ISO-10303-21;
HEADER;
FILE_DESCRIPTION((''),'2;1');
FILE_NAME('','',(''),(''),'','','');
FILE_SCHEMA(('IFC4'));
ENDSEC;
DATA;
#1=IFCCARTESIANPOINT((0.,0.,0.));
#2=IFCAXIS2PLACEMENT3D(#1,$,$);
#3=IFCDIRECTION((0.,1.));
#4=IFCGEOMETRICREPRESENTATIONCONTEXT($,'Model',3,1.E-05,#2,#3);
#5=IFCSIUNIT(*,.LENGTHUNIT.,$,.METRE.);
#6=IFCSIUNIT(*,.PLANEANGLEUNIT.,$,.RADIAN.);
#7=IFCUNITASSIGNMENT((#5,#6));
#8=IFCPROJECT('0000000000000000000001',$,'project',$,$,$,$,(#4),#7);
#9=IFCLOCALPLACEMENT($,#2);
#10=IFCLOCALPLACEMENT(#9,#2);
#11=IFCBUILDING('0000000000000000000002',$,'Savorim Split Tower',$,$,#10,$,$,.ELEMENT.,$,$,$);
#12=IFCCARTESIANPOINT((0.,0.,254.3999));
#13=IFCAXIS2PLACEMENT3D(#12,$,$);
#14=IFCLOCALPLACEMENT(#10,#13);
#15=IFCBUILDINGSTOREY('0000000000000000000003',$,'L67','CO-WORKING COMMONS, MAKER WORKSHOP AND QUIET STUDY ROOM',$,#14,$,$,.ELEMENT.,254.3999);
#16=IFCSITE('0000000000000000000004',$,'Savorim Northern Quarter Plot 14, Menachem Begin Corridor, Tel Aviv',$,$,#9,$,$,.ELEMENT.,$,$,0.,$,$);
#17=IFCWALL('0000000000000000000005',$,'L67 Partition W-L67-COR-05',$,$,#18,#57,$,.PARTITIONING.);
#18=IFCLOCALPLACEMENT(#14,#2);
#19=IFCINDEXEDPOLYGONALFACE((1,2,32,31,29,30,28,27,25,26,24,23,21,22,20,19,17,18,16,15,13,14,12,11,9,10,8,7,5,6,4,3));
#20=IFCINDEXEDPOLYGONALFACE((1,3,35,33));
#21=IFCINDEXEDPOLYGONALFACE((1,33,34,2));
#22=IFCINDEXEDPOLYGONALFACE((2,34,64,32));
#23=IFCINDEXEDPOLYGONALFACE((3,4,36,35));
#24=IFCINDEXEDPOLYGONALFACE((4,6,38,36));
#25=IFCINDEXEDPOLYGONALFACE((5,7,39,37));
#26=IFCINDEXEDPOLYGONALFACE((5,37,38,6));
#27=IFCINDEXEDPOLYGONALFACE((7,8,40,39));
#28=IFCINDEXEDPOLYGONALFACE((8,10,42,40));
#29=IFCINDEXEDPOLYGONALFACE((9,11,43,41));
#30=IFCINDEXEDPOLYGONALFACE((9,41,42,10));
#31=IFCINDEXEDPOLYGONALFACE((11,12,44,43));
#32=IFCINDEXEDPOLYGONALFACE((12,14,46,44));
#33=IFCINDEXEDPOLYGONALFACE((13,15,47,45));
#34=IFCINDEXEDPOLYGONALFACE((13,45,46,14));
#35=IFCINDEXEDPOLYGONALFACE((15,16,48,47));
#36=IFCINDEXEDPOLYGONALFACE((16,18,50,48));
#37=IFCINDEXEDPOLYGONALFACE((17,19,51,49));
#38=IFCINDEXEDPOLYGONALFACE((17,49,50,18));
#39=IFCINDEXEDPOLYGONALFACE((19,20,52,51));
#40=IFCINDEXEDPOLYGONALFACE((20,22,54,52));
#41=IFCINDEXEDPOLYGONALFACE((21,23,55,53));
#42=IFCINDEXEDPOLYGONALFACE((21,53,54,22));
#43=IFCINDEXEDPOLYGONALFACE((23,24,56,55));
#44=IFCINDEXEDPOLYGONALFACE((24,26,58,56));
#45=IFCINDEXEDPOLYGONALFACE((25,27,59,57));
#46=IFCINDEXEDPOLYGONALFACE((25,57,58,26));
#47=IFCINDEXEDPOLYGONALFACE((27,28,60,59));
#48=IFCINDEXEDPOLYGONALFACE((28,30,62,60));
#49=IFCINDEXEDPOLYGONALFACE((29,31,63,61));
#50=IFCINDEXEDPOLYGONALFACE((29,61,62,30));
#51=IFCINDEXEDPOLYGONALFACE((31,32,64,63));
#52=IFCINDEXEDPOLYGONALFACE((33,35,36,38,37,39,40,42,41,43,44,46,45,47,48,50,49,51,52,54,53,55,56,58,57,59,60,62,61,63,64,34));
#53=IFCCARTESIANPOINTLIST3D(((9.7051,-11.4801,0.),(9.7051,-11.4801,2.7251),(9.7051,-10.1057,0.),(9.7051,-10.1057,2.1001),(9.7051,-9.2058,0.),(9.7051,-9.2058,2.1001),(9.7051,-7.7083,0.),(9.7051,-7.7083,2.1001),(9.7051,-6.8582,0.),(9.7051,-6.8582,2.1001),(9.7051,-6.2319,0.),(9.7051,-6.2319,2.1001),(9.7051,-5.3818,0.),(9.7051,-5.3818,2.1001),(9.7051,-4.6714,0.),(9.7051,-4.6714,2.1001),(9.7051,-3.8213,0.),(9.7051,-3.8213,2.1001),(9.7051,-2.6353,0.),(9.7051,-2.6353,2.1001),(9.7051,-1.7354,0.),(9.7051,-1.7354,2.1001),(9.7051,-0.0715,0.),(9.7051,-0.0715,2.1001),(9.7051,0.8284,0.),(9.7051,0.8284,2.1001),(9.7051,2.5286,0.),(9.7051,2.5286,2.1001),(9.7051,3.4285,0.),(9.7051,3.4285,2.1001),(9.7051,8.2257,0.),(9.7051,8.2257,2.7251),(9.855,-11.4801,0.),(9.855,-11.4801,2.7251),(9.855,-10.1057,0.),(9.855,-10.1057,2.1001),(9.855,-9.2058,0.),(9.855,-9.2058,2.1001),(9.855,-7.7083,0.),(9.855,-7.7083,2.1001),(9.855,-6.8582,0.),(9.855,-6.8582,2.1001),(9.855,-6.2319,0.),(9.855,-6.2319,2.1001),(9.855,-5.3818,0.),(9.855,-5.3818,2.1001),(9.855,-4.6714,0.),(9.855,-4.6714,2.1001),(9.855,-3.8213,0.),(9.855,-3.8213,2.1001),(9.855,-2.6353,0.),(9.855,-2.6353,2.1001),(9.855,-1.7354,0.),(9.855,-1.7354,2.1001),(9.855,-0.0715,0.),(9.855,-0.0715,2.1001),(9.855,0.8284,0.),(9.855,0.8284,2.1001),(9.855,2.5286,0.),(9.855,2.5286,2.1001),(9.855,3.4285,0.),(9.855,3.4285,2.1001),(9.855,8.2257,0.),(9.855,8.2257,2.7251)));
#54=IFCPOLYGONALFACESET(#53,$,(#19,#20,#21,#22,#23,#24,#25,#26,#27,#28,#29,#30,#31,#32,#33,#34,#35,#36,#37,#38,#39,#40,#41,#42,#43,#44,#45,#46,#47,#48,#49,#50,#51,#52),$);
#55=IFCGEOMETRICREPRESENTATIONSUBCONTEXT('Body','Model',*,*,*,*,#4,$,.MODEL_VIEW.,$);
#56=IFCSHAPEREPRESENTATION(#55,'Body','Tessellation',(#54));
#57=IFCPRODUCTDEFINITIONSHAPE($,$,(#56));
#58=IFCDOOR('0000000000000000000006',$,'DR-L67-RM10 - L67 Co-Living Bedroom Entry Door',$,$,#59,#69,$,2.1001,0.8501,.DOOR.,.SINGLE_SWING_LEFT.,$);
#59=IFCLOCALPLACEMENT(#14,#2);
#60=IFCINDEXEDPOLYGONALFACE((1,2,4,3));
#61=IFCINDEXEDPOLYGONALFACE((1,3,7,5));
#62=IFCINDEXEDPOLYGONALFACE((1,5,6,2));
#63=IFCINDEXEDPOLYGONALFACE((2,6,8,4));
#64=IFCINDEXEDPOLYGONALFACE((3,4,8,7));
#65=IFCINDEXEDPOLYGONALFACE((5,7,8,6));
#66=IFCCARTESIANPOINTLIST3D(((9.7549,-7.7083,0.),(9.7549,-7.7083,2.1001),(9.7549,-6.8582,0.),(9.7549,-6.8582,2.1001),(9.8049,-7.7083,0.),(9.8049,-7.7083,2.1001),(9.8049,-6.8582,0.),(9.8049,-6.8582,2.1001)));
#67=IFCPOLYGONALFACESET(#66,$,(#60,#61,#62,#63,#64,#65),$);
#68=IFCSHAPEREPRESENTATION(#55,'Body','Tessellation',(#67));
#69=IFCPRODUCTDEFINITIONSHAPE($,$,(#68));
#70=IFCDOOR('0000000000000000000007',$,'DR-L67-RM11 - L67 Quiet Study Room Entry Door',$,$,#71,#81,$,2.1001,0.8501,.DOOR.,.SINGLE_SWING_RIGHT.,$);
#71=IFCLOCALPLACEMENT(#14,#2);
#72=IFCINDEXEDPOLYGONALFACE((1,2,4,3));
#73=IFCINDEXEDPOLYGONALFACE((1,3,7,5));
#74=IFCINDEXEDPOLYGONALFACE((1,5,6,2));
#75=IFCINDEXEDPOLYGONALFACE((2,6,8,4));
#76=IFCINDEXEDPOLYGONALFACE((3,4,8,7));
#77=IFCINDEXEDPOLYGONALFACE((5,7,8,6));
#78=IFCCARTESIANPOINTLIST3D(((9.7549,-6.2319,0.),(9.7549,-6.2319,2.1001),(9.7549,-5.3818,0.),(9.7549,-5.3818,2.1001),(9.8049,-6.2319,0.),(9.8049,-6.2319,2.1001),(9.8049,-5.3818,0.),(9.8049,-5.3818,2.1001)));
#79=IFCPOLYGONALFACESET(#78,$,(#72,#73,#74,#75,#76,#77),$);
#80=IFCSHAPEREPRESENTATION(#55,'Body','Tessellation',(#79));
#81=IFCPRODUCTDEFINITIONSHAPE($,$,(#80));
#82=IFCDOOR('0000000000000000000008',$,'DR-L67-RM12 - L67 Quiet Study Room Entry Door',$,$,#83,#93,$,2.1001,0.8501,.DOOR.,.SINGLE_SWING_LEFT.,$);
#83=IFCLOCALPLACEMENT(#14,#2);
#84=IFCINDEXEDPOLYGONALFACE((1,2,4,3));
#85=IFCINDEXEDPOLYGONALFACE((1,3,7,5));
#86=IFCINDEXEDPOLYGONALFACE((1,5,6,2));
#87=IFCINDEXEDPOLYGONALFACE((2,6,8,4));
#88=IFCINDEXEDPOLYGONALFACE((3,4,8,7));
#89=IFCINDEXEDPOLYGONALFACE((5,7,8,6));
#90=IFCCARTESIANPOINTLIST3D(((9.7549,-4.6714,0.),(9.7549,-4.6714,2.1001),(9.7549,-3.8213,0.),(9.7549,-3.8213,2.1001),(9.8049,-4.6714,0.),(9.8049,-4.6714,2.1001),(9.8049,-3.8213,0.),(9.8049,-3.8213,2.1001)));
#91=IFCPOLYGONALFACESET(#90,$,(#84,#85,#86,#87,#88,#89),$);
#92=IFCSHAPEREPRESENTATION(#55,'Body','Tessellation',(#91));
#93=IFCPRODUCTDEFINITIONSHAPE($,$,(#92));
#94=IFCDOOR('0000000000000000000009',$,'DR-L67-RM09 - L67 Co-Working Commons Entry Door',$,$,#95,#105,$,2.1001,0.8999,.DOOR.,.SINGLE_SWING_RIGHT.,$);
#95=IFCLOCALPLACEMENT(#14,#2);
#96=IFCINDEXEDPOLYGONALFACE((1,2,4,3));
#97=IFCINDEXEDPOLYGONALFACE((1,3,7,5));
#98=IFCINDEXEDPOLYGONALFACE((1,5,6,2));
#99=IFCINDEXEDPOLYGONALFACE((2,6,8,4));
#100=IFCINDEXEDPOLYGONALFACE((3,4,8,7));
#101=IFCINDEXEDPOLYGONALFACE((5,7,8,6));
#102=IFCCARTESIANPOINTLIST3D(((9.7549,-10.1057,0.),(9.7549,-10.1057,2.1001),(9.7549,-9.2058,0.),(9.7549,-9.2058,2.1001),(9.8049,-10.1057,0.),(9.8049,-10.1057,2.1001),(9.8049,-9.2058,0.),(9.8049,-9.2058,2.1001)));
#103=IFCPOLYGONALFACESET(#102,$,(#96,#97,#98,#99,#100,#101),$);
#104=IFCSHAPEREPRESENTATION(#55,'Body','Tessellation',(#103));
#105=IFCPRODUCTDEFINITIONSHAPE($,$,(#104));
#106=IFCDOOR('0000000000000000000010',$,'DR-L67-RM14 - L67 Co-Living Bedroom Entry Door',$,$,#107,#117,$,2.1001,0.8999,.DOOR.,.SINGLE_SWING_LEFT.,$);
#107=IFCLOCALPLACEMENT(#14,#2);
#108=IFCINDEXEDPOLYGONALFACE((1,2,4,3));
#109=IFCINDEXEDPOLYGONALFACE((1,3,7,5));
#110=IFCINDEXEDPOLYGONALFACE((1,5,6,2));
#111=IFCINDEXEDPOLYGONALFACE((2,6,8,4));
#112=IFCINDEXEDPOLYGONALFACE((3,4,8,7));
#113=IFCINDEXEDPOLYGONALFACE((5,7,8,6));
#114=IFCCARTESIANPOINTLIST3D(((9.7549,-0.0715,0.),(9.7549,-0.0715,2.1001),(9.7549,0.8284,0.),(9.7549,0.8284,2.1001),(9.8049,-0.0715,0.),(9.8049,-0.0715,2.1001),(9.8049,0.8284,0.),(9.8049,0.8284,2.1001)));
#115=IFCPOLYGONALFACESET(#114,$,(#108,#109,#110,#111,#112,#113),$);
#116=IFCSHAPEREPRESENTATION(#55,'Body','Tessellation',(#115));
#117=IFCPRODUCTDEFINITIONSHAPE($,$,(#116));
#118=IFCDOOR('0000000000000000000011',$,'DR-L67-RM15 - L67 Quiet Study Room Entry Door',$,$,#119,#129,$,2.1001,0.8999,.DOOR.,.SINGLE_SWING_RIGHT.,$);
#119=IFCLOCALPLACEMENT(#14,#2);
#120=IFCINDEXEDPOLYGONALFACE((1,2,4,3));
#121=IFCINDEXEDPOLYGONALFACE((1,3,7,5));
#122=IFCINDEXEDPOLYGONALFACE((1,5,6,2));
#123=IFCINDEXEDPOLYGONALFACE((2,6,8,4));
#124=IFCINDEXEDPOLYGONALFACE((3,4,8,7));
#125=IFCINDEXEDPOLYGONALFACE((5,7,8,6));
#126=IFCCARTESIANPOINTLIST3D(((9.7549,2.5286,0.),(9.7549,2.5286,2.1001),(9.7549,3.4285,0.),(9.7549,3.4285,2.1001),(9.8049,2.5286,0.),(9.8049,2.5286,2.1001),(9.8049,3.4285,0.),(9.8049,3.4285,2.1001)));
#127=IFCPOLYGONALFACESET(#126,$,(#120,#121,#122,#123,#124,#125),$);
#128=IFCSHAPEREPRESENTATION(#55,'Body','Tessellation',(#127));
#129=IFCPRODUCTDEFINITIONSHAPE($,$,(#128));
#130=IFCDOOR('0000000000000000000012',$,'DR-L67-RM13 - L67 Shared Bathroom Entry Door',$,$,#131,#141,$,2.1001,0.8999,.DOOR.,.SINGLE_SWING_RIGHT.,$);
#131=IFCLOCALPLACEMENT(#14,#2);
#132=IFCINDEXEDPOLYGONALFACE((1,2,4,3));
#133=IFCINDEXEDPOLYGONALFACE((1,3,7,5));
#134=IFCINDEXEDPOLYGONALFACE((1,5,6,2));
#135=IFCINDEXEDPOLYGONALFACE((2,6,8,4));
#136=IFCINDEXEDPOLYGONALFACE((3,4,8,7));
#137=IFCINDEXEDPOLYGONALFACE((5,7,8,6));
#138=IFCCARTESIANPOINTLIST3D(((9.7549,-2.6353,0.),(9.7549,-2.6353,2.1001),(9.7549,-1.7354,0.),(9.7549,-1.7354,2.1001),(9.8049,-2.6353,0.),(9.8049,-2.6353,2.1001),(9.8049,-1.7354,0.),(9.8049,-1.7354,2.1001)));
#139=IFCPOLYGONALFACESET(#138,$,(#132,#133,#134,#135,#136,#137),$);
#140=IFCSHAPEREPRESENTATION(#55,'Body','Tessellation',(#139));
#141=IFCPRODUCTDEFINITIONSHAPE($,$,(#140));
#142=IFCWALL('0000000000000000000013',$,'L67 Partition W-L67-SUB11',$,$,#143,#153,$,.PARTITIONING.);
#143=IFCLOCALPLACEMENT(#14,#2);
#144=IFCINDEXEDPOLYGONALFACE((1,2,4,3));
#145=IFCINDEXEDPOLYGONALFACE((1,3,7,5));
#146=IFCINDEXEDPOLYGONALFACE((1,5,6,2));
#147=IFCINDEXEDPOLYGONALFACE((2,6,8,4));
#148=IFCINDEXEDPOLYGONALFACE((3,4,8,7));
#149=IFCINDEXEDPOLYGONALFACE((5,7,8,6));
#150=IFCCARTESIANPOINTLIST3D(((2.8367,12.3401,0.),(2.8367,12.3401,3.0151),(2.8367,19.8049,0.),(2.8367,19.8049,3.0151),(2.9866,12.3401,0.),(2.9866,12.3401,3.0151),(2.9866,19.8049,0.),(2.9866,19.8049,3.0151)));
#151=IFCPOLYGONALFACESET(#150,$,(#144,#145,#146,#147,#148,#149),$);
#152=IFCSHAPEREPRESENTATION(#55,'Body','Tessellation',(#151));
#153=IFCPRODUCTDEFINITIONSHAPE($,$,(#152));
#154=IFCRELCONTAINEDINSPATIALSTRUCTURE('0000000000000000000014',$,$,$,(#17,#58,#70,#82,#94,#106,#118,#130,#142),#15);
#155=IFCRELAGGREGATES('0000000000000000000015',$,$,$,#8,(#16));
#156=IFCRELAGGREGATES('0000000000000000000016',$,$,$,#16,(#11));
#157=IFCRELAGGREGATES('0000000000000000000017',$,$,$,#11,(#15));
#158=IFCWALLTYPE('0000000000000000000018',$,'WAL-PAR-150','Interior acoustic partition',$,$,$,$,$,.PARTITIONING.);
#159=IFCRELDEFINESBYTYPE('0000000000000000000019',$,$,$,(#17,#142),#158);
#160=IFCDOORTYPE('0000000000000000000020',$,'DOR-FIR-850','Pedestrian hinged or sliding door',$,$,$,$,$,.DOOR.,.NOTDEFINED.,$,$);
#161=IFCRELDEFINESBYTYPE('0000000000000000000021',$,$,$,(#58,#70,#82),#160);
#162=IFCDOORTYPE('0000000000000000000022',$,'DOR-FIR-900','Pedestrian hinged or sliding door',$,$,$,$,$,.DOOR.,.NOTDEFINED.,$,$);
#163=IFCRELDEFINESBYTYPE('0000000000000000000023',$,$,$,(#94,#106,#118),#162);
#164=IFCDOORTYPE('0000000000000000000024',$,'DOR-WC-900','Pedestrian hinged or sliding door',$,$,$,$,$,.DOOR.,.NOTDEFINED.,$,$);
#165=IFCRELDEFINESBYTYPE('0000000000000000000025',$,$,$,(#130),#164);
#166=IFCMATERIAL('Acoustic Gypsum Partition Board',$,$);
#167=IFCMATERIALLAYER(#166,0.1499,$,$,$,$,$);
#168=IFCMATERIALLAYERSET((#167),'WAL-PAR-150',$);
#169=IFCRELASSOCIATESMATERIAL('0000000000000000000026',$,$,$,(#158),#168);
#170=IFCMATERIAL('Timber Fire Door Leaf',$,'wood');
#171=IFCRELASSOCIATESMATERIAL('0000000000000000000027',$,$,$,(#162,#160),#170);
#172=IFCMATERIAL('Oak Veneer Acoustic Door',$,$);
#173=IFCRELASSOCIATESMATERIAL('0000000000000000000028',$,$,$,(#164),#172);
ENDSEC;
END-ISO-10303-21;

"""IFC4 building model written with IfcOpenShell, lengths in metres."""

from ifc_helpers import new_model, si_unit, direction, frame, frame_2d, origin, place, context, subcontext, project, spatial, rectangle, extrude, material, layer, layer_set, type_object, element, fill, save


model = new_model("IFC4")

# Units and contexts
model_context = context("Model", 3, precision=1e-05, world=origin(), true_north=direction((0.0, 1.0)))
body_context = subcontext(model_context, "Body", "Model", "MODEL_VIEW")
ifc_project = project(units=[si_unit("LENGTHUNIT", "METRE"), si_unit("PLANEANGLEUNIT", "RADIAN")], contexts=[model_context])

# Site, building, storey
site_placement = place(None, origin())
site = spatial("IfcSite", under=ifc_project, at=site_placement, Name="Savorim Northern Quarter Plot 14, Menachem Begin Corridor, Tel Aviv", CompositionType="ELEMENT", RefElevation=0.0)
building_placement = place(site_placement, origin())
building = spatial("IfcBuilding", under=site, at=building_placement, Name="Savorim Split Tower", CompositionType="ELEMENT")
storey_placement = place(building_placement, frame((0.0, 0.0, 254.3999)))
storey = spatial("IfcBuildingStorey", under=building, at=storey_placement, Name="L67", Description="CO-WORKING COMMONS, MAKER WORKSHOP AND QUIET STUDY ROOM", CompositionType="ELEMENT", Elevation=254.3999)

# Shared definitions
ifc_material_1 = material(Name="Timber Fire Door Leaf", Category="wood")

# Shared definitions
ifc_material_2 = material(Name="Acoustic Gypsum Partition Board")
ifc_layer_1 = layer(ifc_material_2, 0.1499)
ifc_layer_set_1 = layer_set([ifc_layer_1], Name="WAL-PAR-150")
wall_type_1 = type_object("IfcWallType", Name="WAL-PAR-150", Description="Interior acoustic partition", PredefinedType="PARTITIONING", material=ifc_layer_set_1)
door_type_1 = type_object("IfcDoorType", Name="DOR-FIR-900", Description="Pedestrian hinged or sliding door", OperationType="NOTDEFINED", PredefinedType="DOOR", material=ifc_material_1)

# Wall, openings, doors
wall_1_placement = place(storey_placement, frame((9.78, 8.2258, 0.0), z_axis=(0.0, 0.0, 1.0), x_axis=(0.0, -1.0, 0.0)))
wall_1 = element("IfcWall", 1, at=wall_1_placement, inside=storey, type_object=wall_type_1, Name="L67 Partition W-L67-COR-05", PredefinedType="PARTITIONING", context=body_context, shape_type="SweptSolid", body=[
    extrude(rectangle(XDim=19.7058, YDim=0.1499, at=frame_2d((9.853, 0.0))), origin(), (0.0, 0.0, 1.0), 2.7251),
])
opening_1_placement = place(wall_1_placement, frame((17.4316, 0.0, 0.0)))
opening_1 = element("IfcOpeningElement", 2, at=opening_1_placement, cuts=wall_1, PredefinedType="OPENING", context=body_context, shape_type="SweptSolid", body=[
    extrude(rectangle(XDim=0.8999, YDim=2.1001, at=frame_2d((0.45, 1.05))), frame((0.0, 0.085, 0.0), z_axis=(0.0, -1.0, 0.0), x_axis=(1.0, 0.0, 0.0)), (0.0, 0.0, 1.0), 0.1699),
])
opening_2_placement = place(wall_1_placement, frame((15.084, 0.0, 0.0)))
opening_2 = element("IfcOpeningElement", 3, at=opening_2_placement, cuts=wall_1, PredefinedType="OPENING", context=body_context, shape_type="SweptSolid", body=[
    extrude(rectangle(XDim=0.8501, YDim=2.1001, at=frame_2d((0.425, 1.05))), frame((0.0, 0.085, 0.0), z_axis=(0.0, -1.0, 0.0), x_axis=(1.0, 0.0, 0.0)), (0.0, 0.0, 1.0), 0.1699),
])
opening_3_placement = place(wall_1_placement, frame((13.6077, 0.0, 0.0)))
opening_3 = element("IfcOpeningElement", 4, at=opening_3_placement, cuts=wall_1, PredefinedType="OPENING", context=body_context, shape_type="SweptSolid", body=[
    extrude(rectangle(XDim=0.8501, YDim=2.1001, at=frame_2d((0.425, 1.05))), frame((0.0, 0.085, 0.0), z_axis=(0.0, -1.0, 0.0), x_axis=(1.0, 0.0, 0.0)), (0.0, 0.0, 1.0), 0.1699),
])
opening_4_placement = place(wall_1_placement, frame((12.0471, 0.0, 0.0)))
opening_4 = element("IfcOpeningElement", 5, at=opening_4_placement, cuts=wall_1, PredefinedType="OPENING", context=body_context, shape_type="SweptSolid", body=[
    extrude(rectangle(XDim=0.8501, YDim=2.1001, at=frame_2d((0.425, 1.05))), frame((0.0, 0.085, 0.0), z_axis=(0.0, -1.0, 0.0), x_axis=(1.0, 0.0, 0.0)), (0.0, 0.0, 1.0), 0.1699),
])
opening_5_placement = place(wall_1_placement, frame((9.9612, 0.0, 0.0)))
opening_5 = element("IfcOpeningElement", 6, at=opening_5_placement, cuts=wall_1, PredefinedType="OPENING", context=body_context, shape_type="SweptSolid", body=[
    extrude(rectangle(XDim=0.8999, YDim=2.1001, at=frame_2d((0.45, 1.05))), frame((0.0, 0.085, 0.0), z_axis=(0.0, -1.0, 0.0), x_axis=(1.0, 0.0, 0.0)), (0.0, 0.0, 1.0), 0.1699),
])
opening_6_placement = place(wall_1_placement, frame((7.3975, 0.0, 0.0)))
opening_6 = element("IfcOpeningElement", 7, at=opening_6_placement, cuts=wall_1, PredefinedType="OPENING", context=body_context, shape_type="SweptSolid", body=[
    extrude(rectangle(XDim=0.8999, YDim=2.1001, at=frame_2d((0.45, 1.05))), frame((0.0, 0.085, 0.0), z_axis=(0.0, -1.0, 0.0), x_axis=(1.0, 0.0, 0.0)), (0.0, 0.0, 1.0), 0.1699),
])
opening_7_placement = place(wall_1_placement, frame((4.7974, 0.0, 0.0)))
opening_7 = element("IfcOpeningElement", 8, at=opening_7_placement, cuts=wall_1, PredefinedType="OPENING", context=body_context, shape_type="SweptSolid", body=[
    extrude(rectangle(XDim=0.8999, YDim=2.1001, at=frame_2d((0.45, 1.05))), frame((0.0, 0.085, 0.0), z_axis=(0.0, -1.0, 0.0), x_axis=(1.0, 0.0, 0.0)), (0.0, 0.0, 1.0), 0.1699),
])
door_type_2 = type_object("IfcDoorType", Name="DOR-FIR-850", Description="Pedestrian hinged or sliding door", OperationType="NOTDEFINED", PredefinedType="DOOR", material=ifc_material_1)
door_1_placement = place(opening_2_placement, origin())
door_1 = element("IfcDoor", 9, at=door_1_placement, inside=storey, type_object=door_type_2, Name="DR-L67-RM10 - L67 Co-Living Bedroom Entry Door", OperationType="SINGLE_SWING_LEFT", OverallHeight=2.1001, OverallWidth=0.8501, PredefinedType="DOOR", context=body_context, shape_type="SweptSolid", body=[
    extrude(rectangle(XDim=0.8501, YDim=2.1001, at=frame_2d((0.425, 1.05))), frame((0.0, 0.0249, 0.0), z_axis=(0.0, -1.0, 0.0), x_axis=(1.0, 0.0, 0.0)), (0.0, 0.0, 1.0), 0.05),
])
fill(opening_2, door_1)
door_2_placement = place(opening_3_placement, origin())
door_2 = element("IfcDoor", 10, at=door_2_placement, inside=storey, type_object=door_type_2, Name="DR-L67-RM11 - L67 Quiet Study Room Entry Door", OperationType="SINGLE_SWING_RIGHT", OverallHeight=2.1001, OverallWidth=0.8501, PredefinedType="DOOR", context=body_context, shape_type="SweptSolid", body=[
    extrude(rectangle(XDim=0.8501, YDim=2.1001, at=frame_2d((0.425, 1.05))), frame((0.0, 0.0249, 0.0), z_axis=(0.0, -1.0, 0.0), x_axis=(1.0, 0.0, 0.0)), (0.0, 0.0, 1.0), 0.05),
])
fill(opening_3, door_2)
door_3_placement = place(opening_4_placement, origin())
door_3 = element("IfcDoor", 11, at=door_3_placement, inside=storey, type_object=door_type_2, Name="DR-L67-RM12 - L67 Quiet Study Room Entry Door", OperationType="SINGLE_SWING_LEFT", OverallHeight=2.1001, OverallWidth=0.8501, PredefinedType="DOOR", context=body_context, shape_type="SweptSolid", body=[
    extrude(rectangle(XDim=0.8501, YDim=2.1001, at=frame_2d((0.425, 1.05))), frame((0.0, 0.0249, 0.0), z_axis=(0.0, -1.0, 0.0), x_axis=(1.0, 0.0, 0.0)), (0.0, 0.0, 1.0), 0.05),
])
fill(opening_4, door_3)
door_4_placement = place(opening_1_placement, origin())
door_4 = element("IfcDoor", 12, at=door_4_placement, inside=storey, type_object=door_type_1, Name="DR-L67-RM09 - L67 Co-Working Commons Entry Door", OperationType="SINGLE_SWING_RIGHT", OverallHeight=2.1001, OverallWidth=0.8999, PredefinedType="DOOR", context=body_context, shape_type="SweptSolid", body=[
    extrude(rectangle(XDim=0.8999, YDim=2.1001, at=frame_2d((0.45, 1.05))), frame((0.0, 0.0249, 0.0), z_axis=(0.0, -1.0, 0.0), x_axis=(1.0, 0.0, 0.0)), (0.0, 0.0, 1.0), 0.05),
])
fill(opening_1, door_4)
door_5_placement = place(opening_6_placement, origin())
door_5 = element("IfcDoor", 13, at=door_5_placement, inside=storey, type_object=door_type_1, Name="DR-L67-RM14 - L67 Co-Living Bedroom Entry Door", OperationType="SINGLE_SWING_LEFT", OverallHeight=2.1001, OverallWidth=0.8999, PredefinedType="DOOR", context=body_context, shape_type="SweptSolid", body=[
    extrude(rectangle(XDim=0.8999, YDim=2.1001, at=frame_2d((0.45, 1.05))), frame((0.0, 0.0249, 0.0), z_axis=(0.0, -1.0, 0.0), x_axis=(1.0, 0.0, 0.0)), (0.0, 0.0, 1.0), 0.05),
])
fill(opening_6, door_5)
door_6_placement = place(opening_7_placement, origin())
door_6 = element("IfcDoor", 14, at=door_6_placement, inside=storey, type_object=door_type_1, Name="DR-L67-RM15 - L67 Quiet Study Room Entry Door", OperationType="SINGLE_SWING_RIGHT", OverallHeight=2.1001, OverallWidth=0.8999, PredefinedType="DOOR", context=body_context, shape_type="SweptSolid", body=[
    extrude(rectangle(XDim=0.8999, YDim=2.1001, at=frame_2d((0.45, 1.05))), frame((0.0, 0.0249, 0.0), z_axis=(0.0, -1.0, 0.0), x_axis=(1.0, 0.0, 0.0)), (0.0, 0.0, 1.0), 0.05),
])
fill(opening_7, door_6)
ifc_material_3 = material(Name="Oak Veneer Acoustic Door")
door_type_3 = type_object("IfcDoorType", Name="DOR-WC-900", Description="Pedestrian hinged or sliding door", OperationType="NOTDEFINED", PredefinedType="DOOR", material=ifc_material_3)
door_7_placement = place(opening_5_placement, origin())
door_7 = element("IfcDoor", 15, at=door_7_placement, inside=storey, type_object=door_type_3, Name="DR-L67-RM13 - L67 Shared Bathroom Entry Door", OperationType="SINGLE_SWING_RIGHT", OverallHeight=2.1001, OverallWidth=0.8999, PredefinedType="DOOR", context=body_context, shape_type="SweptSolid", body=[
    extrude(rectangle(XDim=0.8999, YDim=2.1001, at=frame_2d((0.45, 1.05))), frame((0.0, 0.0249, 0.0), z_axis=(0.0, -1.0, 0.0), x_axis=(1.0, 0.0, 0.0)), (0.0, 0.0, 1.0), 0.05),
])
fill(opening_5, door_7)

# Wall
wall_2_placement = place(storey_placement, frame((2.9116, 12.3401, 0.0), z_axis=(0.0, 0.0, 1.0), x_axis=(0.0, 1.0, 0.0)))
element("IfcWall", 16, at=wall_2_placement, inside=storey, type_object=wall_type_1, Name="L67 Partition W-L67-SUB11", PredefinedType="PARTITIONING", context=body_context, shape_type="SweptSolid", body=[
    extrude(rectangle(XDim=7.4648, YDim=0.1499, at=frame_2d((3.7324, 0.0))), origin(), (0.0, 0.0, 1.0), 3.0151),
])

save(model, "model.ifc")
